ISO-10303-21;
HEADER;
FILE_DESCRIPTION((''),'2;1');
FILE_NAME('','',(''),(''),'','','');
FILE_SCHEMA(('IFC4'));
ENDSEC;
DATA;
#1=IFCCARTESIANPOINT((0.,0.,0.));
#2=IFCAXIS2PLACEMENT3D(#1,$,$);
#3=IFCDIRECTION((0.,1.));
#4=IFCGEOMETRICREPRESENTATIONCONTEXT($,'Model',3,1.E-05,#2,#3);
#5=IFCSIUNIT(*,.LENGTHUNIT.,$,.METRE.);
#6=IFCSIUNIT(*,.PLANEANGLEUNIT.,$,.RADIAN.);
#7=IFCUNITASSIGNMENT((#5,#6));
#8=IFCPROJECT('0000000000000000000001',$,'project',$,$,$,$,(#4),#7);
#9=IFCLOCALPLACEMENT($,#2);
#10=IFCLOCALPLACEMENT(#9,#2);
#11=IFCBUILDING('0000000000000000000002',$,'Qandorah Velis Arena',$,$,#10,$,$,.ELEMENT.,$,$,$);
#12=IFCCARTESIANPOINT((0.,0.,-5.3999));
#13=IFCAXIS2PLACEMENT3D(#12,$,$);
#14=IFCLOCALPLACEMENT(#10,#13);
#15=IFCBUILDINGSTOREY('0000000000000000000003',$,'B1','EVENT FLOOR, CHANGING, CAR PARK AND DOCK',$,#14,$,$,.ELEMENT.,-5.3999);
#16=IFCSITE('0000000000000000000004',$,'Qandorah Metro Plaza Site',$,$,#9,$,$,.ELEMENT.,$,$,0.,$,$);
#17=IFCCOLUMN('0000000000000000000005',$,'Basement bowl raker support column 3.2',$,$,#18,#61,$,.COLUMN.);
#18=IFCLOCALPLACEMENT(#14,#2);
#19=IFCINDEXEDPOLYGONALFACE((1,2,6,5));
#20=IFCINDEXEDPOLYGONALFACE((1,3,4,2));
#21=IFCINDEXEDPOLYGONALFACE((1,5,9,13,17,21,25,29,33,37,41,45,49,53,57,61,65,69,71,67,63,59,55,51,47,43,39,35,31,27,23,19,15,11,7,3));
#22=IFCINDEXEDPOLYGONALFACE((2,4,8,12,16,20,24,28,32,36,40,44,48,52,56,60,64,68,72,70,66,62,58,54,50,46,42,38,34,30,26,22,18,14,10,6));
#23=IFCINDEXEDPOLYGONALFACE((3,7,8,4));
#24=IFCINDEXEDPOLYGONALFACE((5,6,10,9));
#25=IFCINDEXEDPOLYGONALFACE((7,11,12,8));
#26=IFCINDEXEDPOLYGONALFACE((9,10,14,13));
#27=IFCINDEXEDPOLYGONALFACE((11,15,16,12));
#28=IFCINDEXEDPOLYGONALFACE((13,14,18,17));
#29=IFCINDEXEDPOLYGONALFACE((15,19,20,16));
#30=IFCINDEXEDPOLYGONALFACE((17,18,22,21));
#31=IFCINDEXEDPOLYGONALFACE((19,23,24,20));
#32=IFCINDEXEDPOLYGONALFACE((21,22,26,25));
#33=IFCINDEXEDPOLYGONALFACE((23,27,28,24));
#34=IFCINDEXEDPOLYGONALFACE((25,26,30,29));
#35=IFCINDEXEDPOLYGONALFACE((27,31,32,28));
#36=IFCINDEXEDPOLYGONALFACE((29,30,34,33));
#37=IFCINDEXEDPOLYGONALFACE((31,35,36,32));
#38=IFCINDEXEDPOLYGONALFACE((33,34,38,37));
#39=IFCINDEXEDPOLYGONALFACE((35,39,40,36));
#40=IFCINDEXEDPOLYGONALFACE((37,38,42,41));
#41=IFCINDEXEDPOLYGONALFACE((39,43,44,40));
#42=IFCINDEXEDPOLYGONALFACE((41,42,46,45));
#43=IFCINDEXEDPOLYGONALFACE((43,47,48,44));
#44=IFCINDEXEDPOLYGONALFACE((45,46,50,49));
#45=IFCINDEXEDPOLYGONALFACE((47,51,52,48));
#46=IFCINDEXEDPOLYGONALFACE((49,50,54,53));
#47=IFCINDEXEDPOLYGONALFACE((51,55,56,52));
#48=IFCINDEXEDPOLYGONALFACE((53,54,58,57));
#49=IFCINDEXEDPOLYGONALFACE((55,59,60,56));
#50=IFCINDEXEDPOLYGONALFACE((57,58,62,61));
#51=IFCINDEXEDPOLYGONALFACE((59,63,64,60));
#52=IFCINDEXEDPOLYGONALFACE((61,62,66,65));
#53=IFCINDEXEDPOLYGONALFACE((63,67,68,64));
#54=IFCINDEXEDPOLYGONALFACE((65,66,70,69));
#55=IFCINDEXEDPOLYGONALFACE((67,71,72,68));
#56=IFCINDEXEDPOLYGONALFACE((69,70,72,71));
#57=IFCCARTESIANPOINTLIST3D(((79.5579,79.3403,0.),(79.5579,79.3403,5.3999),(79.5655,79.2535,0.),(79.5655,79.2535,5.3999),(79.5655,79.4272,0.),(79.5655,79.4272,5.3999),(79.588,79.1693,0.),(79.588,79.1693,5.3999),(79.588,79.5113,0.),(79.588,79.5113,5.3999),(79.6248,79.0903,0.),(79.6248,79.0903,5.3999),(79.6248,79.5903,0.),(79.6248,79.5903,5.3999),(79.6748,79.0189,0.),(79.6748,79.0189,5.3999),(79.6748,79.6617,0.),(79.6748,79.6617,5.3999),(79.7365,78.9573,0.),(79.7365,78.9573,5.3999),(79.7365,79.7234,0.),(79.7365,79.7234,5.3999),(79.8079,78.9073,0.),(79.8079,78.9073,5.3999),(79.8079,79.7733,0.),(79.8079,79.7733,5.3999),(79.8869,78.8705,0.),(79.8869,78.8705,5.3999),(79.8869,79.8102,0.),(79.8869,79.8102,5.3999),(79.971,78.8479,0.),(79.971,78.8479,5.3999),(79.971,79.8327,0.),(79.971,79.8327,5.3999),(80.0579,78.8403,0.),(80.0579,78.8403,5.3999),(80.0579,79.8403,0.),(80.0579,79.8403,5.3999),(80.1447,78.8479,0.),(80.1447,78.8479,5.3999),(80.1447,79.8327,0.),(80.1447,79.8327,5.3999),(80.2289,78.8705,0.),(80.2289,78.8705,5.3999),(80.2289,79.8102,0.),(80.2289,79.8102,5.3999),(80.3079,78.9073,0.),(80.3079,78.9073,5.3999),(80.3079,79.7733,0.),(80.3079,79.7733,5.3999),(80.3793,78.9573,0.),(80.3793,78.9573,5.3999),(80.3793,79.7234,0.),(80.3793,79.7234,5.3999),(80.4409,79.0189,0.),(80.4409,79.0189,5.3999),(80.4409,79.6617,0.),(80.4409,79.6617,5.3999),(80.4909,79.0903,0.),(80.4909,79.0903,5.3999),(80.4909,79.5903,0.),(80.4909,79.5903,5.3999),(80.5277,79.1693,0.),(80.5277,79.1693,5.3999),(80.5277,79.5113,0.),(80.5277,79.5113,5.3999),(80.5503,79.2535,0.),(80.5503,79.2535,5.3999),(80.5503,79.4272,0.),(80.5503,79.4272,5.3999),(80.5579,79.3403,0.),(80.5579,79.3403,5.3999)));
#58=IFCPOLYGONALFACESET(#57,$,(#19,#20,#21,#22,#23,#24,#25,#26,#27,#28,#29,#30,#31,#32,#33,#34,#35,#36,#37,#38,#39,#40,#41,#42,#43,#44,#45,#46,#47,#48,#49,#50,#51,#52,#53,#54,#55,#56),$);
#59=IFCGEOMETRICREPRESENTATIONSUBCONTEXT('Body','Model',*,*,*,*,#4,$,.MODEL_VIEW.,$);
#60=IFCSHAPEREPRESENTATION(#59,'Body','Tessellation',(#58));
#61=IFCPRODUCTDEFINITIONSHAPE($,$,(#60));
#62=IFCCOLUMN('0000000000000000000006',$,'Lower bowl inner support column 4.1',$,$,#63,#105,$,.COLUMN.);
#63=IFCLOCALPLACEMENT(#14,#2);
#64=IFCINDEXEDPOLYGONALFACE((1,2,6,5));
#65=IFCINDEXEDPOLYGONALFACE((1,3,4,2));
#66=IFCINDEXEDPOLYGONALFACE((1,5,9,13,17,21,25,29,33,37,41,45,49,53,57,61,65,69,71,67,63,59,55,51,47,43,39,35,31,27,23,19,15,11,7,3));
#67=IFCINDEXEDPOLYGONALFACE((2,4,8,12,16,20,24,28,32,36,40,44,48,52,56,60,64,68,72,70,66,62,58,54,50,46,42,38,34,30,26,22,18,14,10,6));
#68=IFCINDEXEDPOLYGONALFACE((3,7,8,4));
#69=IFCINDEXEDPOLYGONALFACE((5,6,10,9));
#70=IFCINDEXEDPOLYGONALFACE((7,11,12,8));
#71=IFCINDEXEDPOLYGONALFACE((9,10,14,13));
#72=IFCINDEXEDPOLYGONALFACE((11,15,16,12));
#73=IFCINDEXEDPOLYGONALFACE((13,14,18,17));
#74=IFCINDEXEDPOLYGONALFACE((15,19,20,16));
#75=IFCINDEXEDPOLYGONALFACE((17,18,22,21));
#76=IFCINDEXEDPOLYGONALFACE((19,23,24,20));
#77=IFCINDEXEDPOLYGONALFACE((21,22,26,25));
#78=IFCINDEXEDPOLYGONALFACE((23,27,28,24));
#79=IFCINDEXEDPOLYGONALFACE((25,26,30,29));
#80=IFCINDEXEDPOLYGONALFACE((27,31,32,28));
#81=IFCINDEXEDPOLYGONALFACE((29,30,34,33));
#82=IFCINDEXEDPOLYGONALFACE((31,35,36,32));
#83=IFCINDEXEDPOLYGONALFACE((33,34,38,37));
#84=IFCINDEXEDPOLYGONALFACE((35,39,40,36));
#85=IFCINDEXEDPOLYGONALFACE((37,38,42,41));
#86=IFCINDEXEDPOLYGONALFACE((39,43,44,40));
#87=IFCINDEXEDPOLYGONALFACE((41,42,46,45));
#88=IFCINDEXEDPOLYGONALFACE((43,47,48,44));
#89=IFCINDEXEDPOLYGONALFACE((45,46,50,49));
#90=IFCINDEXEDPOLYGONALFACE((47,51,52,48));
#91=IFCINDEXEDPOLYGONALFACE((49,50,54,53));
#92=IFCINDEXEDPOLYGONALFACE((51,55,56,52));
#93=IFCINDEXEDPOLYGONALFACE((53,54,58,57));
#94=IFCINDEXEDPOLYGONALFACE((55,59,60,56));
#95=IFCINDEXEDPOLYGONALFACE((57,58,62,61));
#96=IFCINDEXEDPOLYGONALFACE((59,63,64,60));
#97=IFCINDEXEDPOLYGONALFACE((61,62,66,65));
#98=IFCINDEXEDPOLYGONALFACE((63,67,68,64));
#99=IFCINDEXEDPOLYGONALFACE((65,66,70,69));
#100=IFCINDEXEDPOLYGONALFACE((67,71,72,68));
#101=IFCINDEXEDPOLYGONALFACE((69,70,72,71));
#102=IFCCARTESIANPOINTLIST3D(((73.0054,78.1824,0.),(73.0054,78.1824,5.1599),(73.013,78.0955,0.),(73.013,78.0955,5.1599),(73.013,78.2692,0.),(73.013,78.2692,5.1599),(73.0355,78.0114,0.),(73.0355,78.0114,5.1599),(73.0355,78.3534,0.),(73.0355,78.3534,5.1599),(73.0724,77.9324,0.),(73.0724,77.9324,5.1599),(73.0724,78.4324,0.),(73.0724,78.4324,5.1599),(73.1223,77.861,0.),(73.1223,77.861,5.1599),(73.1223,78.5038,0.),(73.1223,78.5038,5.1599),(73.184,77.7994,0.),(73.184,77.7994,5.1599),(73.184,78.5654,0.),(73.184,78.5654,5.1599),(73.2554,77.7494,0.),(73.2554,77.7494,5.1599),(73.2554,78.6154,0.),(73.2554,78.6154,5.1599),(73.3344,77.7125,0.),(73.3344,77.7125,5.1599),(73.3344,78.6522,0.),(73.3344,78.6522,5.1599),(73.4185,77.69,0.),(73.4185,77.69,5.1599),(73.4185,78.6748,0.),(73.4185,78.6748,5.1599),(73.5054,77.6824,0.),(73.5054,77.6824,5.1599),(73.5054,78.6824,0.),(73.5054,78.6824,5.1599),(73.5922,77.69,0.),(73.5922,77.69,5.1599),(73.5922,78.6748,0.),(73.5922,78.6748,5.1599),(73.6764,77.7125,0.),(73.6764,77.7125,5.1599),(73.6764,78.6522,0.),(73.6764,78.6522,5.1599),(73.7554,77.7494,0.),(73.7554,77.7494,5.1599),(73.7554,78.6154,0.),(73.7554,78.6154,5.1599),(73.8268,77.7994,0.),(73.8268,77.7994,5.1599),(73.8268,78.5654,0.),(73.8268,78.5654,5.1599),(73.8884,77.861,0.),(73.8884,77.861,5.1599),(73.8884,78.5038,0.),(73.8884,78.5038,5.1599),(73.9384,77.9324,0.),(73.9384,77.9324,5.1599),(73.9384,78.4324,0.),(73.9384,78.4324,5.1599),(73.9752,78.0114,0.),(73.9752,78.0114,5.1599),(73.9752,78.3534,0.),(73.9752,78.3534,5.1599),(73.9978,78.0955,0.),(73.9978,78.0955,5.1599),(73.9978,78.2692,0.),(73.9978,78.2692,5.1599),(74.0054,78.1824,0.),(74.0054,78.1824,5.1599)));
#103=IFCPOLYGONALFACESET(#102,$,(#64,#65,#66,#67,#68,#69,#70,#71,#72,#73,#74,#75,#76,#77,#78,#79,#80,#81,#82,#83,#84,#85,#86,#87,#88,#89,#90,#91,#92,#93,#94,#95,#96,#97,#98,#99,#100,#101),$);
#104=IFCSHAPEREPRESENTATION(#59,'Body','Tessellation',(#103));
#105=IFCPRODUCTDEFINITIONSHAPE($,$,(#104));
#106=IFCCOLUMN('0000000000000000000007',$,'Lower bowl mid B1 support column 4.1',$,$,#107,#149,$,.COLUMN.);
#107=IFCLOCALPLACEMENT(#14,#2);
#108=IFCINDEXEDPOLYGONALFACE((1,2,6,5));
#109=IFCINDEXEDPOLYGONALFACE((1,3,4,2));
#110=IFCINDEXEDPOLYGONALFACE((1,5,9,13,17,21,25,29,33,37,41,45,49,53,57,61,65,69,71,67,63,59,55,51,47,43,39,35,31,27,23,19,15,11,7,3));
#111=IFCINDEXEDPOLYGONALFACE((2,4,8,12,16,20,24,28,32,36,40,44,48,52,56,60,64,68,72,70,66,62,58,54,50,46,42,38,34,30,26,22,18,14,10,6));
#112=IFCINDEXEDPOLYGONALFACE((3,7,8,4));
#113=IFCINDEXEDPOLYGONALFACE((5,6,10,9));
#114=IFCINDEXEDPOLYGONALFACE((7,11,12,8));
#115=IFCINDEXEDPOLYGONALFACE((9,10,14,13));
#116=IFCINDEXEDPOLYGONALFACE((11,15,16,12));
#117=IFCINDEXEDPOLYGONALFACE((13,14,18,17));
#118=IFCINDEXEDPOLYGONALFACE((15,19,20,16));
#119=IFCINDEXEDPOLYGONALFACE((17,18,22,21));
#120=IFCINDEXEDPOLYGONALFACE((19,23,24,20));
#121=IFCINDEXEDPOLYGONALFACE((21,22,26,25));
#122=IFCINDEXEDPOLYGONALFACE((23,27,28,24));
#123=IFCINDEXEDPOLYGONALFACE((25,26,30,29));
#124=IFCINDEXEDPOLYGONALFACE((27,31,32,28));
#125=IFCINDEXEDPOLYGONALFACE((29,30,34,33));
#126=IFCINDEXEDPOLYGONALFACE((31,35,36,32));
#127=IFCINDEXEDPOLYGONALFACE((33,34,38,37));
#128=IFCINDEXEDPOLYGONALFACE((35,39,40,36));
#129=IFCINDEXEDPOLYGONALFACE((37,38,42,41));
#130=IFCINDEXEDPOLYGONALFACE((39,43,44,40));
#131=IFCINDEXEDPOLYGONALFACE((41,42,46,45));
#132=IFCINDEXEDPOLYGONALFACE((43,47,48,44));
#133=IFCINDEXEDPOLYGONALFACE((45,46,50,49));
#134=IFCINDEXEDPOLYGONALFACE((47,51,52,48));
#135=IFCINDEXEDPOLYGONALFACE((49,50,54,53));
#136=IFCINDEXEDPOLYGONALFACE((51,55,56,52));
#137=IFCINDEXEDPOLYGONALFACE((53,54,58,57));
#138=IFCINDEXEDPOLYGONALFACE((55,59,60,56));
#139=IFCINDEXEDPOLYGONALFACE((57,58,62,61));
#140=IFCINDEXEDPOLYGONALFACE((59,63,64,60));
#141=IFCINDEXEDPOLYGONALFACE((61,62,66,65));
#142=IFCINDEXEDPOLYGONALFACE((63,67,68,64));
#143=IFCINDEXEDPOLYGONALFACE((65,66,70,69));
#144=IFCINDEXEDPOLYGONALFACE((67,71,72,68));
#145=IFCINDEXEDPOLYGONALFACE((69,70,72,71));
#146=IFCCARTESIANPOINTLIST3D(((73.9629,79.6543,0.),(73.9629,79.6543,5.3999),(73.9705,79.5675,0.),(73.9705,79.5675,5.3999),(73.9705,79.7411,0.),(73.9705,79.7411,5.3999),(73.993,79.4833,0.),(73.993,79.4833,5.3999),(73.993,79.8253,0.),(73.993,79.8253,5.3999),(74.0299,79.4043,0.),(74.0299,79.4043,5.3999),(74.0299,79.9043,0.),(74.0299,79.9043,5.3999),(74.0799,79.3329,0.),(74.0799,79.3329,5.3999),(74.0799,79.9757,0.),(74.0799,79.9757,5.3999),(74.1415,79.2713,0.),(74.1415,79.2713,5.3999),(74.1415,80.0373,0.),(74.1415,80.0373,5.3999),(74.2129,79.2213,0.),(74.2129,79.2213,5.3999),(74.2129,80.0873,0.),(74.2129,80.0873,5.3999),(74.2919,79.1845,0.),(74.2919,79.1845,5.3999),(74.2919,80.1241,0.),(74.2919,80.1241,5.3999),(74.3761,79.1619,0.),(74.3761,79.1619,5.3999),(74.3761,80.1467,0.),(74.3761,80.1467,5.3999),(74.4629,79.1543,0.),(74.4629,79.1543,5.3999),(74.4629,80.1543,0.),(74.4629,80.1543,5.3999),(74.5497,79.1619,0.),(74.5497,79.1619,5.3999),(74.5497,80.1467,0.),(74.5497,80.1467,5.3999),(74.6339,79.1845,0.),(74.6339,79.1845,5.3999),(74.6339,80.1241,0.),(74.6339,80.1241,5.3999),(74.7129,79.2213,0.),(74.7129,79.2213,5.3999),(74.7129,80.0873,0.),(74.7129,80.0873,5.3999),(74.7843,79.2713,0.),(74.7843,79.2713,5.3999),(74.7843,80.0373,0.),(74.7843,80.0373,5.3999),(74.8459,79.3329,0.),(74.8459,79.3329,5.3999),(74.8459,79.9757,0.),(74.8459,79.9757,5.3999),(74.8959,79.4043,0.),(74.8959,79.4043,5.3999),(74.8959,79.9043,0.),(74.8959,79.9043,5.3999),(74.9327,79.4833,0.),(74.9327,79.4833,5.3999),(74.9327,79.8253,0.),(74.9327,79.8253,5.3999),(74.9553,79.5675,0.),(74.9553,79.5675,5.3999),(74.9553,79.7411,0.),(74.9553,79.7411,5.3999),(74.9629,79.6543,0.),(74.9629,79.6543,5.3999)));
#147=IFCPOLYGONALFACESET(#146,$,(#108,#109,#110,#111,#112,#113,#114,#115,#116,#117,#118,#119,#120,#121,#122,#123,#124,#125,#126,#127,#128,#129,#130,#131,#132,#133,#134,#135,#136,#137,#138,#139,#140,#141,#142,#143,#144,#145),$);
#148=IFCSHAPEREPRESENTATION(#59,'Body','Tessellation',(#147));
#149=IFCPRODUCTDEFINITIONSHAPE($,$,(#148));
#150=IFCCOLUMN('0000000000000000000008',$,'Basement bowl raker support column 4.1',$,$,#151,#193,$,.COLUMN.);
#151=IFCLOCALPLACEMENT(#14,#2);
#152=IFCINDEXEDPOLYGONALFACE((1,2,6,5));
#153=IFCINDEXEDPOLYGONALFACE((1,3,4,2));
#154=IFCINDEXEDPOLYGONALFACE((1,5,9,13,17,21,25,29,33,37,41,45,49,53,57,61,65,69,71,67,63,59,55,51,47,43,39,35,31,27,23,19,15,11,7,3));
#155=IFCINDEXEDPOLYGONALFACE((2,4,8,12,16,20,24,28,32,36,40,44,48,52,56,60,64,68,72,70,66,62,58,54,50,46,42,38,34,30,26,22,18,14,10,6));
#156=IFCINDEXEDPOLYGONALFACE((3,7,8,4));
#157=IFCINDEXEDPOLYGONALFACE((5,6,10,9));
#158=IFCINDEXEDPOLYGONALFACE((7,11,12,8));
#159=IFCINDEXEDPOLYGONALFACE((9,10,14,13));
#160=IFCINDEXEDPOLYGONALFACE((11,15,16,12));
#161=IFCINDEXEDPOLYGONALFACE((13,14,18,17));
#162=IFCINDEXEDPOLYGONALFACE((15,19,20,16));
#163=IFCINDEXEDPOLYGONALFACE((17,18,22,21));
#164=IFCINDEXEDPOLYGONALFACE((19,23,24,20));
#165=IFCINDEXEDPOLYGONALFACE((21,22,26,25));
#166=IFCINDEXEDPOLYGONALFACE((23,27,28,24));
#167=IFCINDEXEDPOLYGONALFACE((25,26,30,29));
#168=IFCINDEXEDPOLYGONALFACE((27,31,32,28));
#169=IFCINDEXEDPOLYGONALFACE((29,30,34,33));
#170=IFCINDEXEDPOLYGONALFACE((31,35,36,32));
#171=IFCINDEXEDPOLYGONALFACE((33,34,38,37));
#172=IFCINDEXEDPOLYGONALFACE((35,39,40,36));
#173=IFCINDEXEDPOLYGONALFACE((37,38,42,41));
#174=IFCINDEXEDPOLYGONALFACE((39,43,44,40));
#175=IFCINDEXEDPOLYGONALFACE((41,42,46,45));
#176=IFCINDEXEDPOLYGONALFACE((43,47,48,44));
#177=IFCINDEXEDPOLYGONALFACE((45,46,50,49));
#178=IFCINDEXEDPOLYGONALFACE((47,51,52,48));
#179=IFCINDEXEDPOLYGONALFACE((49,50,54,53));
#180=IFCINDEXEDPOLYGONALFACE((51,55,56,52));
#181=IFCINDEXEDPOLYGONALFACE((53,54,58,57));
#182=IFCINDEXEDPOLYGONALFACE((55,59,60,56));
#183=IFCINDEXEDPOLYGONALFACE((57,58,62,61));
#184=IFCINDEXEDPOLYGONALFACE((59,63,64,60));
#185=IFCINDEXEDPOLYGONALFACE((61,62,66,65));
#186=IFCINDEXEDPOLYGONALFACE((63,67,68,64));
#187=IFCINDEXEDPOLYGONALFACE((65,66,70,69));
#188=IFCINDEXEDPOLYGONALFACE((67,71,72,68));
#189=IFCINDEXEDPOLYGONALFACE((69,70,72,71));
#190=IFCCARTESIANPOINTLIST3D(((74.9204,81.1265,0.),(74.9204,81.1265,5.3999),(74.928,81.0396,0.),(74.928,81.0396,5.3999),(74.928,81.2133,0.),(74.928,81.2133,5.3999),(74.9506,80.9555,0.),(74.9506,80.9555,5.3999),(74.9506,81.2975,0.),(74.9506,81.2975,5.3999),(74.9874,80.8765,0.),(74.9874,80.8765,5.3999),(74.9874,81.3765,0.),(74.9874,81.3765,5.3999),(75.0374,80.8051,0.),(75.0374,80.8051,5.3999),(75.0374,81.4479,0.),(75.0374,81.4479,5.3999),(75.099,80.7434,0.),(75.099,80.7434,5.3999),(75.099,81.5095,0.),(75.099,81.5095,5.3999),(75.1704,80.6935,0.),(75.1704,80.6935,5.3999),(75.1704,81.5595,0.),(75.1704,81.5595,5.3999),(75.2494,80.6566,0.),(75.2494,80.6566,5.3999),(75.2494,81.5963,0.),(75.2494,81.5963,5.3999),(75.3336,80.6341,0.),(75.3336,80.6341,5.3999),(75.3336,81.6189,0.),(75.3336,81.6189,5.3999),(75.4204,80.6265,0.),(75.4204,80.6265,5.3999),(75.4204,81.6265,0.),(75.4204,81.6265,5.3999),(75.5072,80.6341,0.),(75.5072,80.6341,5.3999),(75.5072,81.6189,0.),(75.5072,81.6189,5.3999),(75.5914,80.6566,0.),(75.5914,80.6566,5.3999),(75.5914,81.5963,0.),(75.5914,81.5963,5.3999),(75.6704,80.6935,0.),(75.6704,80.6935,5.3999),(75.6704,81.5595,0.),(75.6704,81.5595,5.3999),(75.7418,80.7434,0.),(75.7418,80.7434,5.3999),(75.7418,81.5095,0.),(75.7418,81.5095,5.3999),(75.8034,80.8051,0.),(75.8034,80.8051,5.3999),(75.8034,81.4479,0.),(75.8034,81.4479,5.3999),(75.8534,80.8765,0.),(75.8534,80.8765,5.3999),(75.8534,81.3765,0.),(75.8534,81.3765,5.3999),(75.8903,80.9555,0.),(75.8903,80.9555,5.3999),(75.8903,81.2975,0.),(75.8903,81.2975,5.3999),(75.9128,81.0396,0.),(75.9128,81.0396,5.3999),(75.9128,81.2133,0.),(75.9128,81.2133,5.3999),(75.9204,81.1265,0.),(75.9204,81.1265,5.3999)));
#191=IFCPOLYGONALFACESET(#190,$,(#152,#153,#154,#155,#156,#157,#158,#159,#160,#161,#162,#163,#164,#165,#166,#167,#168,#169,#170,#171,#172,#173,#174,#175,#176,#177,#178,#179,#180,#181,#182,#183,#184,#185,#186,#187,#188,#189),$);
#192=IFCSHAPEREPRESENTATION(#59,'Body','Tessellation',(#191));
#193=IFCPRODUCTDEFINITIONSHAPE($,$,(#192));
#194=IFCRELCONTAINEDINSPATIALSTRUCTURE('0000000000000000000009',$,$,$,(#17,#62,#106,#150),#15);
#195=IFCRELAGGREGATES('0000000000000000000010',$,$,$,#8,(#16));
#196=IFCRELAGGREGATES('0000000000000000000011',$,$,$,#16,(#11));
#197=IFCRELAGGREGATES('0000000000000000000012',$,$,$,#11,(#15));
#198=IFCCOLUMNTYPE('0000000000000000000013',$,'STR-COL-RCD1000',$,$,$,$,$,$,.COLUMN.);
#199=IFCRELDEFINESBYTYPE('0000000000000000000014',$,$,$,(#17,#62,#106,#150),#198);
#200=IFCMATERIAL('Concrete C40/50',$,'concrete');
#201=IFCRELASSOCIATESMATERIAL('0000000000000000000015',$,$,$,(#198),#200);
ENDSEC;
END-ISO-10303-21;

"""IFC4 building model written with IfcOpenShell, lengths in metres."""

from ifc_helpers import new_model, si_unit, direction, frame, origin, origin_2d, place, context, subcontext, project, spatial, circle, extrude, material, material_profile, profile_set, type_object, element, save


model = new_model("IFC4")

# Units and contexts
model_context = context("Model", 3, precision=1e-05, world=origin(), true_north=direction((0.0, 1.0)))
body_context = subcontext(model_context, "Body", "Model", "MODEL_VIEW")
ifc_project = project(units=[si_unit("LENGTHUNIT", "METRE"), si_unit("PLANEANGLEUNIT", "RADIAN")], contexts=[model_context])

# Site, building, storey
site_placement = place(None, origin())
site = spatial("IfcSite", under=ifc_project, at=site_placement, Name="Qandorah Metro Plaza Site", CompositionType="ELEMENT", RefElevation=0.0)
building_placement = place(site_placement, origin())
building = spatial("IfcBuilding", under=site, at=building_placement, Name="Qandorah Velis Arena", CompositionType="ELEMENT")
storey_placement = place(building_placement, frame((0.0, 0.0, -5.3999)))
storey = spatial("IfcBuildingStorey", under=building, at=storey_placement, Name="B1", Description="EVENT FLOOR, CHANGING, CAR PARK AND DOCK", CompositionType="ELEMENT", Elevation=-5.3999)

# Shared definitions
ifc_material = material(Name="Concrete C40/50", Category="concrete")

# Columns
ifc_material_profile_1 = material_profile(ifc_material, circle(Radius=0.5, at=origin_2d()), Name="RC D1000")
ifc_profile_set_1 = profile_set([ifc_material_profile_1], Name="Concrete C40/50")
column_type_1 = type_object("IfcColumnType", Name="STR-COL-RCD1000", PredefinedType="COLUMN", material=ifc_profile_set_1)
for number, where, z_axis, x_axis, name in (
    (1, (80.0579, 79.3403, 0.0), (0.0, 0.0, 1.0), (1.0, 0.0, 0.0), "Basement bowl raker support column 3.2"),
):
    element("IfcColumn", number, at=place(storey_placement, frame(where, z_axis=z_axis, x_axis=x_axis)), inside=storey, type_object=column_type_1, Name=name, PredefinedType="COLUMN", context=body_context, shape_type="SweptSolid", body=[
        extrude(circle(Radius=0.5, at=origin_2d()), origin(), (0.0, 0.0, 1.0), 5.3999),
    ])
column_1_placement = place(storey_placement, frame((73.5054, 78.1824, 0.0), z_axis=(0.0, 0.0, 1.0), x_axis=(1.0, 0.0, 0.0)))
element("IfcColumn", 2, at=column_1_placement, inside=storey, type_object=column_type_1, Name="Lower bowl inner support column 4.1", PredefinedType="COLUMN", context=body_context, shape_type="SweptSolid", body=[
    extrude(circle(Radius=0.5, at=origin_2d()), origin(), (0.0, 0.0, 1.0), 5.1599),
])
for number, where, z_axis, x_axis, name in (
    (3, (74.4629, 79.6543, 0.0), (0.0, 0.0, 1.0), (1.0, 0.0, 0.0), "Lower bowl mid B1 support column 4.1"),
    (4, (75.4204, 81.1265, 0.0), (0.0, 0.0, 1.0), (1.0, 0.0, 0.0), "Basement bowl raker support column 4.1"),
):
    element("IfcColumn", number, at=place(storey_placement, frame(where, z_axis=z_axis, x_axis=x_axis)), inside=storey, type_object=column_type_1, Name=name, PredefinedType="COLUMN", context=body_context, shape_type="SweptSolid", body=[
        extrude(circle(Radius=0.5, at=origin_2d()), origin(), (0.0, 0.0, 1.0), 5.3999),
    ])

save(model, "model.ifc")
